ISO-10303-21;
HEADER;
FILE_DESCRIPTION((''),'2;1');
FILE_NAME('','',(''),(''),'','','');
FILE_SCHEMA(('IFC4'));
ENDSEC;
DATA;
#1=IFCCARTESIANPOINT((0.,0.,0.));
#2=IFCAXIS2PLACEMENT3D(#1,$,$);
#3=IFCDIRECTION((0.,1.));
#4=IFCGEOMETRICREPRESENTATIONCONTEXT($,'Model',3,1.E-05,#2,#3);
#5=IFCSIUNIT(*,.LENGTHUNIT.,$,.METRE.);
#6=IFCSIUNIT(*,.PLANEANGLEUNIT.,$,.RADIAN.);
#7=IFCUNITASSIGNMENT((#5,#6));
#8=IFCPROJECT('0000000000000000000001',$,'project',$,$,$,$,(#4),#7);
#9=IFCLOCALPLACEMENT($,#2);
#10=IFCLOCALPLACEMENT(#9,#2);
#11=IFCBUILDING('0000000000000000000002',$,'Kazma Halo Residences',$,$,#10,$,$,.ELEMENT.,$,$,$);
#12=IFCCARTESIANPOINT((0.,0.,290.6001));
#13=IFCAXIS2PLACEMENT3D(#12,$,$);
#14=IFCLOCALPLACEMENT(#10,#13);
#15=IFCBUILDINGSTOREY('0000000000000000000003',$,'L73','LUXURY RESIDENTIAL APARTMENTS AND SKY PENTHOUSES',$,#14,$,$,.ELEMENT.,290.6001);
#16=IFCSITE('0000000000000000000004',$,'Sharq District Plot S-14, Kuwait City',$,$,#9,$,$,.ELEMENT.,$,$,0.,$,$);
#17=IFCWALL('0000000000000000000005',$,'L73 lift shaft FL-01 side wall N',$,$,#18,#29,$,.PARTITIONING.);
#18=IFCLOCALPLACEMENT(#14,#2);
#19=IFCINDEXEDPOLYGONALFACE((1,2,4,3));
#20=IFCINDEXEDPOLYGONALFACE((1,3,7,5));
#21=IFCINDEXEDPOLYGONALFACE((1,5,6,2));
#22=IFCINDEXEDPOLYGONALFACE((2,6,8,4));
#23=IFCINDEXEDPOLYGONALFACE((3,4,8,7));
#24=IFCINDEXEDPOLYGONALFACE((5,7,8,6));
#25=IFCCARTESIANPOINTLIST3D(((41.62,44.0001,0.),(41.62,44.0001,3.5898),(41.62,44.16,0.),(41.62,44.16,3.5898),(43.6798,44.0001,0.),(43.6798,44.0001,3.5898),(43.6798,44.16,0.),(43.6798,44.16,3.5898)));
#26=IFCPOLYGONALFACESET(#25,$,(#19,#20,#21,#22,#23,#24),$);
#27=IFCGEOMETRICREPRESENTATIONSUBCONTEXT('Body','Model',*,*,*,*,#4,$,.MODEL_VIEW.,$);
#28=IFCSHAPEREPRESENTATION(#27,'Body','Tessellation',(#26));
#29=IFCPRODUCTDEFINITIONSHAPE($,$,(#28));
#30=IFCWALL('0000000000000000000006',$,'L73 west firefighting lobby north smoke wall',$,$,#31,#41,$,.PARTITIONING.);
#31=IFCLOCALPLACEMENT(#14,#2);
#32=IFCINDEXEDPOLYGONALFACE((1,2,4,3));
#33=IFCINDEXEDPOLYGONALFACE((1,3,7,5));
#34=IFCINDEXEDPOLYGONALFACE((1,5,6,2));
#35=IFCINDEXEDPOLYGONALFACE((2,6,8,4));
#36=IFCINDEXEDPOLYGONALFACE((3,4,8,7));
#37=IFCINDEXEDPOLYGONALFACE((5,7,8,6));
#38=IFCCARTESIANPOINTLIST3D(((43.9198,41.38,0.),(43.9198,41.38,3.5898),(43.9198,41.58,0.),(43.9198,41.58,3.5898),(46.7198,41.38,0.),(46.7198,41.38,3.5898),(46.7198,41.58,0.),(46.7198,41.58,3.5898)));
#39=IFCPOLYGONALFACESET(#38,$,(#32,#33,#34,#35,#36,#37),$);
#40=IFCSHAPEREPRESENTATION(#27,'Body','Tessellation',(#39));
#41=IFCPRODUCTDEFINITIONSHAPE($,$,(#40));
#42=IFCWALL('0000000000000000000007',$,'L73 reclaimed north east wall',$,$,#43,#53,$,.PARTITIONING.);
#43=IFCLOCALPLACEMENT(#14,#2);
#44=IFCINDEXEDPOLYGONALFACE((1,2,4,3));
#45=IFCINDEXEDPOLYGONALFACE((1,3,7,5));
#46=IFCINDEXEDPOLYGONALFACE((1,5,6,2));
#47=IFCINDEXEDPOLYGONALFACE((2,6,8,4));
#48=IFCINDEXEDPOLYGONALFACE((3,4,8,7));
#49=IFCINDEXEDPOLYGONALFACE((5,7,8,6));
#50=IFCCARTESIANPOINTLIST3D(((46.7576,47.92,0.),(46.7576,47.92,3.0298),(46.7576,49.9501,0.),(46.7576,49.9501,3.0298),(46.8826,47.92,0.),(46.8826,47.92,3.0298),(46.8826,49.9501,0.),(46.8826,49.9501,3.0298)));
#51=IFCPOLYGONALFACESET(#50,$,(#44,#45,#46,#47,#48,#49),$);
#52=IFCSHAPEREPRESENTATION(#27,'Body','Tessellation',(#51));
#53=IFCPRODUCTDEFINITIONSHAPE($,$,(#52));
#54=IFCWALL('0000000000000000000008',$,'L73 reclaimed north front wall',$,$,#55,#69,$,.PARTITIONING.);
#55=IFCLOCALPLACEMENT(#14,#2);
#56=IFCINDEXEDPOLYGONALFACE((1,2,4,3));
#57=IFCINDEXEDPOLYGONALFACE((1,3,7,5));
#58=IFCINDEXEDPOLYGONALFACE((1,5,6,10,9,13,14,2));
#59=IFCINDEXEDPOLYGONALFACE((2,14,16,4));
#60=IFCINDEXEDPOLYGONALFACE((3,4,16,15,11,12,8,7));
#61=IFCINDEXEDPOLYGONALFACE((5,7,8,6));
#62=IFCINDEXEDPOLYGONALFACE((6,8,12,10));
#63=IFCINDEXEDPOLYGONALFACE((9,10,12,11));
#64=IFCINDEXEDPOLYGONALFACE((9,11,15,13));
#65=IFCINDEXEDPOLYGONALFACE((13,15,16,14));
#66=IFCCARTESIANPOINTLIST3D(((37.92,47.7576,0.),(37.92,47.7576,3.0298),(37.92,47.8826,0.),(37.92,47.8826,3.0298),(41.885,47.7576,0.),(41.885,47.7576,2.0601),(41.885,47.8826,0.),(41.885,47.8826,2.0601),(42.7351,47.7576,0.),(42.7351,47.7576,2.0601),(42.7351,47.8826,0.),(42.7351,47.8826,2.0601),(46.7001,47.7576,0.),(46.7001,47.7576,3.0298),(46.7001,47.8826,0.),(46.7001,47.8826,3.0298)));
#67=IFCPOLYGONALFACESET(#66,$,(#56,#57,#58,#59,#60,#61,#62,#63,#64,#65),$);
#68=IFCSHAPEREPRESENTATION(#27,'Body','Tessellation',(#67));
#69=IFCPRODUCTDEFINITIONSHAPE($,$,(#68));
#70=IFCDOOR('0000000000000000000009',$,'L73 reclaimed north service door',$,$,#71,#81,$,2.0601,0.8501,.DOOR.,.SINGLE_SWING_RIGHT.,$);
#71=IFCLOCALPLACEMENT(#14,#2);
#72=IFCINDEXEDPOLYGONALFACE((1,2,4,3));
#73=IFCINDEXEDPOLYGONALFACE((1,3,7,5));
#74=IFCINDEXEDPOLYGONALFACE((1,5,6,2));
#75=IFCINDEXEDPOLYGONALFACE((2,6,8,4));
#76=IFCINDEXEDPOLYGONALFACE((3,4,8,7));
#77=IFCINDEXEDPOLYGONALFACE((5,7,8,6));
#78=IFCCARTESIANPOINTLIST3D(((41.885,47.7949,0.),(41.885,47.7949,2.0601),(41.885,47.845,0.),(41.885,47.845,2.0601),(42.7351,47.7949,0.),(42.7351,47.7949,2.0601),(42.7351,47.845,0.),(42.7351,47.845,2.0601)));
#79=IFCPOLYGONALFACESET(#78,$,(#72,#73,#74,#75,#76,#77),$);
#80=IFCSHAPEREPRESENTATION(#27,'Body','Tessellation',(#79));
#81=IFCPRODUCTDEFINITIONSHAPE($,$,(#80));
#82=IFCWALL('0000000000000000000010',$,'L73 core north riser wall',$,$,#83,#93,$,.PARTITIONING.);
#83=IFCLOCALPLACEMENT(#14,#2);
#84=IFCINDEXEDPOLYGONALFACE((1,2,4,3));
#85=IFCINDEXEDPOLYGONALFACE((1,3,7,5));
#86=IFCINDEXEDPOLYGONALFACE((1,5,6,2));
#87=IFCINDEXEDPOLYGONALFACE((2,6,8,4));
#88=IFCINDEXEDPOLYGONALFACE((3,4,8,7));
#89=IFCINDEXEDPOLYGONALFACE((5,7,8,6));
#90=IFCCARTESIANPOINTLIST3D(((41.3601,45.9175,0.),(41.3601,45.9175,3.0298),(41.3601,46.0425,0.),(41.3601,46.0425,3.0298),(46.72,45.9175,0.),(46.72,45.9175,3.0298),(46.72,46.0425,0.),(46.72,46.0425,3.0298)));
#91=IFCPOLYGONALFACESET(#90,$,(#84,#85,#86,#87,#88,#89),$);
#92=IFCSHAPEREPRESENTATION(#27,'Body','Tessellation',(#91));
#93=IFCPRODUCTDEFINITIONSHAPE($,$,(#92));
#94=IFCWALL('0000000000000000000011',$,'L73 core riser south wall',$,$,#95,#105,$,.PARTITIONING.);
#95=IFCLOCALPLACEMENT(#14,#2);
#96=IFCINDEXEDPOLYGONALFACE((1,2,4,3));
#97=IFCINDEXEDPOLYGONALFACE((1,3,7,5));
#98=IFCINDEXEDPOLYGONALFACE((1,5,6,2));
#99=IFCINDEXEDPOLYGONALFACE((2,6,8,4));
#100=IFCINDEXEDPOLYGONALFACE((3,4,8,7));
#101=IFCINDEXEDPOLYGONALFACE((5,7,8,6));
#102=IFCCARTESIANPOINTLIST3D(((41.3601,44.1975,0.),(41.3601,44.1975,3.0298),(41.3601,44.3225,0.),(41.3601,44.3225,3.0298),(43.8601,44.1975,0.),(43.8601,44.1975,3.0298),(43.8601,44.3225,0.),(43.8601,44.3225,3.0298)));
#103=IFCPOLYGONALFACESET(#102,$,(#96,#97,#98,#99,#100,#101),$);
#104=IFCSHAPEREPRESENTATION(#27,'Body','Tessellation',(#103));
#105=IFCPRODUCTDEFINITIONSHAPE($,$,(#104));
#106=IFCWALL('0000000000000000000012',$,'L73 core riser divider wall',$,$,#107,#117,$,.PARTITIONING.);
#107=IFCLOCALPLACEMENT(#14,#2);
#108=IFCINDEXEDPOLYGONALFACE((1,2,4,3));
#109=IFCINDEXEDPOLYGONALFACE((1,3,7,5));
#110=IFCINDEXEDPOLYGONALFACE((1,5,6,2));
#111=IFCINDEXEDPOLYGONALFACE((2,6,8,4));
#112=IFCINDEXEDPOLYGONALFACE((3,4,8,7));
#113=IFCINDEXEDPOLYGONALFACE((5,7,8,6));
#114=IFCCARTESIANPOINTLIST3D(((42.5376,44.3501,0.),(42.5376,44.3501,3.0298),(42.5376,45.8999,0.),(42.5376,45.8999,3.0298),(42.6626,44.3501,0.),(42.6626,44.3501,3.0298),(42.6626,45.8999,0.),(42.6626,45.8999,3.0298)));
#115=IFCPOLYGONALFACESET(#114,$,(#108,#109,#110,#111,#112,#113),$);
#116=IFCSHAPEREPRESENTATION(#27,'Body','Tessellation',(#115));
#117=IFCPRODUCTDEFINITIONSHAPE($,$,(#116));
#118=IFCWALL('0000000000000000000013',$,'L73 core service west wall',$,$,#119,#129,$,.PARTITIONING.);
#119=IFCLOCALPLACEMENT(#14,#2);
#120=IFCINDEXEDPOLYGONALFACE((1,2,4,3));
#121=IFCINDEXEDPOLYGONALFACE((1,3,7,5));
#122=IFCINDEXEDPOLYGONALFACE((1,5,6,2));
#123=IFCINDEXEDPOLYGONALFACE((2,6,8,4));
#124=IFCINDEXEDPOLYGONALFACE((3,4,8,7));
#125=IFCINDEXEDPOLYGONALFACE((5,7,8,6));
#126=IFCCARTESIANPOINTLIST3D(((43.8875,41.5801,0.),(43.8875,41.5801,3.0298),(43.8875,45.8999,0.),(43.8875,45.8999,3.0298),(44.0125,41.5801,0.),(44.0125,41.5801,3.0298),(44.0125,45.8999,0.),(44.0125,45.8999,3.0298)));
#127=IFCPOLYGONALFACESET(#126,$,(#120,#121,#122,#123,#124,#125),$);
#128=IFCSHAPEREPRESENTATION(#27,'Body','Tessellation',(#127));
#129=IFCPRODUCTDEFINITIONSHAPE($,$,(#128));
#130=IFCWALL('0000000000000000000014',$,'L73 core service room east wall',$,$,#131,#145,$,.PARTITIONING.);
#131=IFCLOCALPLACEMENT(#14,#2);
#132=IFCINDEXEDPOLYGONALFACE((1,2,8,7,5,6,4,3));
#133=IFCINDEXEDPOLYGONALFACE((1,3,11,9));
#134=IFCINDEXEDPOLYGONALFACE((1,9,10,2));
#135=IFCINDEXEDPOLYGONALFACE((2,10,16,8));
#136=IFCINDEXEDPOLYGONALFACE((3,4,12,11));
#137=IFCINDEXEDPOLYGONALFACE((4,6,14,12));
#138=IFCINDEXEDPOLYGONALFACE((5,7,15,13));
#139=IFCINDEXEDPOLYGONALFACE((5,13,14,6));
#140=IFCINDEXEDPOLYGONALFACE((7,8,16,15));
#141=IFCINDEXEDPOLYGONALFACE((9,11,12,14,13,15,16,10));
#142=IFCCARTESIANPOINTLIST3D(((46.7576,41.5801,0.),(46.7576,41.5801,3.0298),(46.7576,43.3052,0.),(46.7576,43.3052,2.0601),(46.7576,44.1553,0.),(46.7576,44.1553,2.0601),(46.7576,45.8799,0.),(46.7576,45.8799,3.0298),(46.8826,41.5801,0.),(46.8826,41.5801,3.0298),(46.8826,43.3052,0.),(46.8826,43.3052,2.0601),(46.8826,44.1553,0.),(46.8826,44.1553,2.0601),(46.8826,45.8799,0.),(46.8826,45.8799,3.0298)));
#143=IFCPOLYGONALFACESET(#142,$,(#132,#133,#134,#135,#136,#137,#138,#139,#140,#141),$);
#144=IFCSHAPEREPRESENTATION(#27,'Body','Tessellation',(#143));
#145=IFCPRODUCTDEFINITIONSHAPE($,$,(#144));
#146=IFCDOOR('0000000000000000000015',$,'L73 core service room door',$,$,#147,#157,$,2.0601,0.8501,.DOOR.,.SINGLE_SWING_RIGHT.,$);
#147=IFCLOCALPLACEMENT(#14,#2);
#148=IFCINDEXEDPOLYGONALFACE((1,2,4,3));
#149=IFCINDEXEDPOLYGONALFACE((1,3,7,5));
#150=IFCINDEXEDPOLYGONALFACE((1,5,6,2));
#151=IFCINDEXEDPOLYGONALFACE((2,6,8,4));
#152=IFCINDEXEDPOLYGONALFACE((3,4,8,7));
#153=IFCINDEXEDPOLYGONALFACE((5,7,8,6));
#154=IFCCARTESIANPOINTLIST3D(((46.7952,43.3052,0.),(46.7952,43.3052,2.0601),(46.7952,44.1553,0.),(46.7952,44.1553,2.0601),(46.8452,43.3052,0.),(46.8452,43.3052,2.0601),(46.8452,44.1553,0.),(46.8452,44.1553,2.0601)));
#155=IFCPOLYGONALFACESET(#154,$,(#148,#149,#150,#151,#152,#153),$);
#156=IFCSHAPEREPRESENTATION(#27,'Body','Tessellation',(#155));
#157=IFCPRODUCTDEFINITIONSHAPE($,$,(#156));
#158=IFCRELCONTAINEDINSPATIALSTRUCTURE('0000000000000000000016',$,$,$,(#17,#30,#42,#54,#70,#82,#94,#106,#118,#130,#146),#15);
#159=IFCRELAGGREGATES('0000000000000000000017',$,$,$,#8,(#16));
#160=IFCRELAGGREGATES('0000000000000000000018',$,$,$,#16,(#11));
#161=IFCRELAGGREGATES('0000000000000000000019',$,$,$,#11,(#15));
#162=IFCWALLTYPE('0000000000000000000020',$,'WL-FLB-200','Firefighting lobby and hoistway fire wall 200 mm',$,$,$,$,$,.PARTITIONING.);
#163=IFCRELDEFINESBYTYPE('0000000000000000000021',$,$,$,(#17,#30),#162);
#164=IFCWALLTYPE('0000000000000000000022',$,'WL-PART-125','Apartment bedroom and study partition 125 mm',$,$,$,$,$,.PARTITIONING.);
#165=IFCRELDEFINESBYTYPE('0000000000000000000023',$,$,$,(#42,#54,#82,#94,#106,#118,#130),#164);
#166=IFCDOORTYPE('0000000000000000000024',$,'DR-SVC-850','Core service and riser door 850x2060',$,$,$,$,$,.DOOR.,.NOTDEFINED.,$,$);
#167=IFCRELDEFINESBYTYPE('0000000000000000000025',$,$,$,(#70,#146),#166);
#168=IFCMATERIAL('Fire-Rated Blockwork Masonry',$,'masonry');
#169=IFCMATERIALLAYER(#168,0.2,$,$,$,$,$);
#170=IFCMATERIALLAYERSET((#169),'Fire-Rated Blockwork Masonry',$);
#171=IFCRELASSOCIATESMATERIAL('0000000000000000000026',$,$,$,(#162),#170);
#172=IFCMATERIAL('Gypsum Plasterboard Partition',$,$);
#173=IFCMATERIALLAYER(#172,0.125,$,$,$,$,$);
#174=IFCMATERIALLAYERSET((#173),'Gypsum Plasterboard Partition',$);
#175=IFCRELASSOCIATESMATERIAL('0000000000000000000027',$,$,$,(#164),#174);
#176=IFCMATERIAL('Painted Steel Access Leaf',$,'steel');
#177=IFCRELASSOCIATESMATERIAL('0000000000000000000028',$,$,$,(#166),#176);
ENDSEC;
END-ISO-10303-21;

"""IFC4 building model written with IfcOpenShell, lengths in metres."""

from ifc_helpers import new_model, si_unit, direction, frame, frame_2d, origin, place, context, subcontext, project, spatial, rectangle, extrude, material, layer, layer_set, type_object, element, fill, save


model = new_model("IFC4")

# Units and contexts
model_context = context("Model", 3, precision=1e-05, world=origin(), true_north=direction((0.0, 1.0)))
body_context = subcontext(model_context, "Body", "Model", "MODEL_VIEW")
ifc_project = project(units=[si_unit("LENGTHUNIT", "METRE"), si_unit("PLANEANGLEUNIT", "RADIAN")], contexts=[model_context])

# Site, building, storey
site_placement = place(None, origin())
site = spatial("IfcSite", under=ifc_project, at=site_placement, Name="Sharq District Plot S-14, Kuwait City", CompositionType="ELEMENT", RefElevation=0.0)
building_placement = place(site_placement, origin())
building = spatial("IfcBuilding", under=site, at=building_placement, Name="Kazma Halo Residences", CompositionType="ELEMENT")
storey_placement = place(building_placement, frame((0.0, 0.0, 290.6001)))
storey = spatial("IfcBuildingStorey", under=building, at=storey_placement, Name="L73", Description="LUXURY RESIDENTIAL APARTMENTS AND SKY PENTHOUSES", CompositionType="ELEMENT", Elevation=290.6001)

# Shared definitions
ifc_material_1 = material(Name="Fire-Rated Blockwork Masonry", Category="masonry")
ifc_layer_1 = layer(ifc_material_1, 0.2)
ifc_layer_set_1 = layer_set([ifc_layer_1], Name="Fire-Rated Blockwork Masonry")
wall_type_1 = type_object("IfcWallType", Name="WL-FLB-200", Description="Firefighting lobby and hoistway fire wall 200 mm", PredefinedType="PARTITIONING", material=ifc_layer_set_1)

# Walls
wall_1_placement = place(storey_placement, frame((41.6201, 44.0801, 0.0), z_axis=(0.0, 0.0, 1.0), x_axis=(1.0, 0.0, 0.0)))
element("IfcWall", 1, at=wall_1_placement, inside=storey, type_object=wall_type_1, Name="L73 lift shaft FL-01 side wall N", PredefinedType="PARTITIONING", context=body_context, shape_type="SweptSolid", body=[
    extrude(rectangle(XDim=2.0598, YDim=0.1599, at=frame_2d((1.0298, 0.0))), origin(), (0.0, 0.0, 1.0), 3.5898),
])
wall_2_placement = place(storey_placement, frame((43.9199, 41.48, 0.0), z_axis=(0.0, 0.0, 1.0), x_axis=(1.0, 0.0, 0.0)))
element("IfcWall", 2, at=wall_2_placement, inside=storey, type_object=wall_type_1, Name="L73 west firefighting lobby north smoke wall", PredefinedType="PARTITIONING", context=body_context, shape_type="SweptSolid", body=[
    extrude(rectangle(XDim=2.8, YDim=0.2, at=frame_2d((1.3999, 0.0))), origin(), (0.0, 0.0, 1.0), 3.5898),
])
ifc_material_2 = material(Name="Gypsum Plasterboard Partition")
ifc_layer_2 = layer(ifc_material_2, 0.125)
ifc_layer_set_2 = layer_set([ifc_layer_2], Name="Gypsum Plasterboard Partition")
wall_type_2 = type_object("IfcWallType", Name="WL-PART-125", Description="Apartment bedroom and study partition 125 mm", PredefinedType="PARTITIONING", material=ifc_layer_set_2)
wall_3_placement = place(storey_placement, frame((46.8201, 47.9199, 0.0), z_axis=(0.0, 0.0, 1.0), x_axis=(0.0, 1.0, 0.0)))
element("IfcWall", 3, at=wall_3_placement, inside=storey, type_object=wall_type_2, Name="L73 reclaimed north east wall", PredefinedType="PARTITIONING", context=body_context, shape_type="SweptSolid", body=[
    extrude(rectangle(XDim=2.03, YDim=0.125, at=frame_2d((1.0151, 0.0))), origin(), (0.0, 0.0, 1.0), 3.0298),
])

# Wall, opening, door
wall_4_placement = place(storey_placement, frame((37.9199, 47.8201, 0.0), z_axis=(0.0, 0.0, 1.0), x_axis=(1.0, 0.0, 0.0)))
wall_4 = element("IfcWall", 4, at=wall_4_placement, inside=storey, type_object=wall_type_2, Name="L73 reclaimed north front wall", PredefinedType="PARTITIONING", context=body_context, shape_type="SweptSolid", body=[
    extrude(rectangle(XDim=8.78, YDim=0.125, at=frame_2d((4.3901, 0.0))), origin(), (0.0, 0.0, 1.0), 3.0298),
])
opening_1_placement = place(wall_4_placement, frame((3.9651, 0.0, 0.0)))
opening_1 = element("IfcOpeningElement", 5, at=opening_1_placement, cuts=wall_4, PredefinedType="OPENING", context=body_context, shape_type="SweptSolid", body=[
    extrude(rectangle(XDim=0.8501, YDim=2.0601, at=frame_2d((0.425, 1.03))), frame((0.0, 0.0725, 0.0), z_axis=(0.0, -1.0, 0.0), x_axis=(1.0, 0.0, 0.0)), (0.0, 0.0, 1.0), 0.145),
])
ifc_material_3 = material(Name="Painted Steel Access Leaf", Category="steel")
door_type_1 = type_object("IfcDoorType", Name="DR-SVC-850", Description="Core service and riser door 850x2060", OperationType="NOTDEFINED", PredefinedType="DOOR", material=ifc_material_3)
door_1_placement = place(opening_1_placement, origin())
door_1 = element("IfcDoor", 6, at=door_1_placement, inside=storey, type_object=door_type_1, Name="L73 reclaimed north service door", OperationType="SINGLE_SWING_RIGHT", OverallHeight=2.0601, OverallWidth=0.8501, PredefinedType="DOOR", context=body_context, shape_type="SweptSolid", body=[
    extrude(rectangle(XDim=0.8501, YDim=2.0601, at=frame_2d((0.425, 1.03))), frame((0.0, 0.0249, 0.0), z_axis=(0.0, -1.0, 0.0), x_axis=(1.0, 0.0, 0.0)), (0.0, 0.0, 1.0), 0.05),
])
fill(opening_1, door_1)

# Walls
wall_5_placement = place(storey_placement, frame((41.3601, 45.98, 0.0), z_axis=(0.0, 0.0, 1.0), x_axis=(1.0, 0.0, 0.0)))
element("IfcWall", 7, at=wall_5_placement, inside=storey, type_object=wall_type_2, Name="L73 core north riser wall", PredefinedType="PARTITIONING", context=body_context, shape_type="SweptSolid", body=[
    extrude(rectangle(XDim=5.3599, YDim=0.125, at=frame_2d((2.6799, 0.0))), origin(), (0.0, 0.0, 1.0), 3.0298),
])
wall_6_placement = place(storey_placement, frame((41.3601, 44.26, 0.0), z_axis=(0.0, 0.0, 1.0), x_axis=(1.0, 0.0, 0.0)))
element("IfcWall", 8, at=wall_6_placement, inside=storey, type_object=wall_type_2, Name="L73 core riser south wall", PredefinedType="PARTITIONING", context=body_context, shape_type="SweptSolid", body=[
    extrude(rectangle(XDim=2.5, YDim=0.125, at=frame_2d((1.25, 0.0))), origin(), (0.0, 0.0, 1.0), 3.0298),
])
wall_7_placement = place(storey_placement, frame((42.6001, 44.3501, 0.0), z_axis=(0.0, 0.0, 1.0), x_axis=(0.0, 1.0, 0.0)))
element("IfcWall", 9, at=wall_7_placement, inside=storey, type_object=wall_type_2, Name="L73 core riser divider wall", PredefinedType="PARTITIONING", context=body_context, shape_type="SweptSolid", body=[
    extrude(rectangle(XDim=1.5498, YDim=0.125, at=frame_2d((0.7749, 0.0))), origin(), (0.0, 0.0, 1.0), 3.0298),
])
wall_8_placement = place(storey_placement, frame((43.95, 41.5801, 0.0), z_axis=(0.0, 0.0, 1.0), x_axis=(0.0, 1.0, 0.0)))
element("IfcWall", 10, at=wall_8_placement, inside=storey, type_object=wall_type_2, Name="L73 core service west wall", PredefinedType="PARTITIONING", context=body_context, shape_type="SweptSolid", body=[
    extrude(rectangle(XDim=4.3198, YDim=0.125, at=frame_2d((2.1599, 0.0))), origin(), (0.0, 0.0, 1.0), 3.0298),
])

# Wall, opening, door
wall_9_placement = place(storey_placement, frame((46.8201, 41.5801, 0.0), z_axis=(0.0, 0.0, 1.0), x_axis=(0.0, 1.0, 0.0)))
wall_9 = element("IfcWall", 11, at=wall_9_placement, inside=storey, type_object=wall_type_2, Name="L73 core service room east wall", PredefinedType="PARTITIONING", context=body_context, shape_type="SweptSolid", body=[
    extrude(rectangle(XDim=4.2998, YDim=0.125, at=frame_2d((2.1499, 0.0))), origin(), (0.0, 0.0, 1.0), 3.0298),
])
opening_2_placement = place(wall_9_placement, frame((1.7251, 0.0, 0.0)))
opening_2 = element("IfcOpeningElement", 12, at=opening_2_placement, cuts=wall_9, PredefinedType="OPENING", context=body_context, shape_type="SweptSolid", body=[
    extrude(rectangle(XDim=0.8501, YDim=2.0601, at=frame_2d((0.425, 1.03))), frame((0.0, 0.0725, 0.0), z_axis=(0.0, -1.0, 0.0), x_axis=(1.0, 0.0, 0.0)), (0.0, 0.0, 1.0), 0.145),
])
door_2_placement = place(opening_2_placement, origin())
door_2 = element("IfcDoor", 13, at=door_2_placement, inside=storey, type_object=door_type_1, Name="L73 core service room door", OperationType="SINGLE_SWING_RIGHT", OverallHeight=2.0601, OverallWidth=0.8501, PredefinedType="DOOR", context=body_context, shape_type="SweptSolid", body=[
    extrude(rectangle(XDim=0.8501, YDim=2.0601, at=frame_2d((0.425, 1.03))), frame((0.0, 0.0249, 0.0), z_axis=(0.0, -1.0, 0.0), x_axis=(1.0, 0.0, 0.0)), (0.0, 0.0, 1.0), 0.05),
])
fill(opening_2, door_2)

save(model, "model.ifc")
